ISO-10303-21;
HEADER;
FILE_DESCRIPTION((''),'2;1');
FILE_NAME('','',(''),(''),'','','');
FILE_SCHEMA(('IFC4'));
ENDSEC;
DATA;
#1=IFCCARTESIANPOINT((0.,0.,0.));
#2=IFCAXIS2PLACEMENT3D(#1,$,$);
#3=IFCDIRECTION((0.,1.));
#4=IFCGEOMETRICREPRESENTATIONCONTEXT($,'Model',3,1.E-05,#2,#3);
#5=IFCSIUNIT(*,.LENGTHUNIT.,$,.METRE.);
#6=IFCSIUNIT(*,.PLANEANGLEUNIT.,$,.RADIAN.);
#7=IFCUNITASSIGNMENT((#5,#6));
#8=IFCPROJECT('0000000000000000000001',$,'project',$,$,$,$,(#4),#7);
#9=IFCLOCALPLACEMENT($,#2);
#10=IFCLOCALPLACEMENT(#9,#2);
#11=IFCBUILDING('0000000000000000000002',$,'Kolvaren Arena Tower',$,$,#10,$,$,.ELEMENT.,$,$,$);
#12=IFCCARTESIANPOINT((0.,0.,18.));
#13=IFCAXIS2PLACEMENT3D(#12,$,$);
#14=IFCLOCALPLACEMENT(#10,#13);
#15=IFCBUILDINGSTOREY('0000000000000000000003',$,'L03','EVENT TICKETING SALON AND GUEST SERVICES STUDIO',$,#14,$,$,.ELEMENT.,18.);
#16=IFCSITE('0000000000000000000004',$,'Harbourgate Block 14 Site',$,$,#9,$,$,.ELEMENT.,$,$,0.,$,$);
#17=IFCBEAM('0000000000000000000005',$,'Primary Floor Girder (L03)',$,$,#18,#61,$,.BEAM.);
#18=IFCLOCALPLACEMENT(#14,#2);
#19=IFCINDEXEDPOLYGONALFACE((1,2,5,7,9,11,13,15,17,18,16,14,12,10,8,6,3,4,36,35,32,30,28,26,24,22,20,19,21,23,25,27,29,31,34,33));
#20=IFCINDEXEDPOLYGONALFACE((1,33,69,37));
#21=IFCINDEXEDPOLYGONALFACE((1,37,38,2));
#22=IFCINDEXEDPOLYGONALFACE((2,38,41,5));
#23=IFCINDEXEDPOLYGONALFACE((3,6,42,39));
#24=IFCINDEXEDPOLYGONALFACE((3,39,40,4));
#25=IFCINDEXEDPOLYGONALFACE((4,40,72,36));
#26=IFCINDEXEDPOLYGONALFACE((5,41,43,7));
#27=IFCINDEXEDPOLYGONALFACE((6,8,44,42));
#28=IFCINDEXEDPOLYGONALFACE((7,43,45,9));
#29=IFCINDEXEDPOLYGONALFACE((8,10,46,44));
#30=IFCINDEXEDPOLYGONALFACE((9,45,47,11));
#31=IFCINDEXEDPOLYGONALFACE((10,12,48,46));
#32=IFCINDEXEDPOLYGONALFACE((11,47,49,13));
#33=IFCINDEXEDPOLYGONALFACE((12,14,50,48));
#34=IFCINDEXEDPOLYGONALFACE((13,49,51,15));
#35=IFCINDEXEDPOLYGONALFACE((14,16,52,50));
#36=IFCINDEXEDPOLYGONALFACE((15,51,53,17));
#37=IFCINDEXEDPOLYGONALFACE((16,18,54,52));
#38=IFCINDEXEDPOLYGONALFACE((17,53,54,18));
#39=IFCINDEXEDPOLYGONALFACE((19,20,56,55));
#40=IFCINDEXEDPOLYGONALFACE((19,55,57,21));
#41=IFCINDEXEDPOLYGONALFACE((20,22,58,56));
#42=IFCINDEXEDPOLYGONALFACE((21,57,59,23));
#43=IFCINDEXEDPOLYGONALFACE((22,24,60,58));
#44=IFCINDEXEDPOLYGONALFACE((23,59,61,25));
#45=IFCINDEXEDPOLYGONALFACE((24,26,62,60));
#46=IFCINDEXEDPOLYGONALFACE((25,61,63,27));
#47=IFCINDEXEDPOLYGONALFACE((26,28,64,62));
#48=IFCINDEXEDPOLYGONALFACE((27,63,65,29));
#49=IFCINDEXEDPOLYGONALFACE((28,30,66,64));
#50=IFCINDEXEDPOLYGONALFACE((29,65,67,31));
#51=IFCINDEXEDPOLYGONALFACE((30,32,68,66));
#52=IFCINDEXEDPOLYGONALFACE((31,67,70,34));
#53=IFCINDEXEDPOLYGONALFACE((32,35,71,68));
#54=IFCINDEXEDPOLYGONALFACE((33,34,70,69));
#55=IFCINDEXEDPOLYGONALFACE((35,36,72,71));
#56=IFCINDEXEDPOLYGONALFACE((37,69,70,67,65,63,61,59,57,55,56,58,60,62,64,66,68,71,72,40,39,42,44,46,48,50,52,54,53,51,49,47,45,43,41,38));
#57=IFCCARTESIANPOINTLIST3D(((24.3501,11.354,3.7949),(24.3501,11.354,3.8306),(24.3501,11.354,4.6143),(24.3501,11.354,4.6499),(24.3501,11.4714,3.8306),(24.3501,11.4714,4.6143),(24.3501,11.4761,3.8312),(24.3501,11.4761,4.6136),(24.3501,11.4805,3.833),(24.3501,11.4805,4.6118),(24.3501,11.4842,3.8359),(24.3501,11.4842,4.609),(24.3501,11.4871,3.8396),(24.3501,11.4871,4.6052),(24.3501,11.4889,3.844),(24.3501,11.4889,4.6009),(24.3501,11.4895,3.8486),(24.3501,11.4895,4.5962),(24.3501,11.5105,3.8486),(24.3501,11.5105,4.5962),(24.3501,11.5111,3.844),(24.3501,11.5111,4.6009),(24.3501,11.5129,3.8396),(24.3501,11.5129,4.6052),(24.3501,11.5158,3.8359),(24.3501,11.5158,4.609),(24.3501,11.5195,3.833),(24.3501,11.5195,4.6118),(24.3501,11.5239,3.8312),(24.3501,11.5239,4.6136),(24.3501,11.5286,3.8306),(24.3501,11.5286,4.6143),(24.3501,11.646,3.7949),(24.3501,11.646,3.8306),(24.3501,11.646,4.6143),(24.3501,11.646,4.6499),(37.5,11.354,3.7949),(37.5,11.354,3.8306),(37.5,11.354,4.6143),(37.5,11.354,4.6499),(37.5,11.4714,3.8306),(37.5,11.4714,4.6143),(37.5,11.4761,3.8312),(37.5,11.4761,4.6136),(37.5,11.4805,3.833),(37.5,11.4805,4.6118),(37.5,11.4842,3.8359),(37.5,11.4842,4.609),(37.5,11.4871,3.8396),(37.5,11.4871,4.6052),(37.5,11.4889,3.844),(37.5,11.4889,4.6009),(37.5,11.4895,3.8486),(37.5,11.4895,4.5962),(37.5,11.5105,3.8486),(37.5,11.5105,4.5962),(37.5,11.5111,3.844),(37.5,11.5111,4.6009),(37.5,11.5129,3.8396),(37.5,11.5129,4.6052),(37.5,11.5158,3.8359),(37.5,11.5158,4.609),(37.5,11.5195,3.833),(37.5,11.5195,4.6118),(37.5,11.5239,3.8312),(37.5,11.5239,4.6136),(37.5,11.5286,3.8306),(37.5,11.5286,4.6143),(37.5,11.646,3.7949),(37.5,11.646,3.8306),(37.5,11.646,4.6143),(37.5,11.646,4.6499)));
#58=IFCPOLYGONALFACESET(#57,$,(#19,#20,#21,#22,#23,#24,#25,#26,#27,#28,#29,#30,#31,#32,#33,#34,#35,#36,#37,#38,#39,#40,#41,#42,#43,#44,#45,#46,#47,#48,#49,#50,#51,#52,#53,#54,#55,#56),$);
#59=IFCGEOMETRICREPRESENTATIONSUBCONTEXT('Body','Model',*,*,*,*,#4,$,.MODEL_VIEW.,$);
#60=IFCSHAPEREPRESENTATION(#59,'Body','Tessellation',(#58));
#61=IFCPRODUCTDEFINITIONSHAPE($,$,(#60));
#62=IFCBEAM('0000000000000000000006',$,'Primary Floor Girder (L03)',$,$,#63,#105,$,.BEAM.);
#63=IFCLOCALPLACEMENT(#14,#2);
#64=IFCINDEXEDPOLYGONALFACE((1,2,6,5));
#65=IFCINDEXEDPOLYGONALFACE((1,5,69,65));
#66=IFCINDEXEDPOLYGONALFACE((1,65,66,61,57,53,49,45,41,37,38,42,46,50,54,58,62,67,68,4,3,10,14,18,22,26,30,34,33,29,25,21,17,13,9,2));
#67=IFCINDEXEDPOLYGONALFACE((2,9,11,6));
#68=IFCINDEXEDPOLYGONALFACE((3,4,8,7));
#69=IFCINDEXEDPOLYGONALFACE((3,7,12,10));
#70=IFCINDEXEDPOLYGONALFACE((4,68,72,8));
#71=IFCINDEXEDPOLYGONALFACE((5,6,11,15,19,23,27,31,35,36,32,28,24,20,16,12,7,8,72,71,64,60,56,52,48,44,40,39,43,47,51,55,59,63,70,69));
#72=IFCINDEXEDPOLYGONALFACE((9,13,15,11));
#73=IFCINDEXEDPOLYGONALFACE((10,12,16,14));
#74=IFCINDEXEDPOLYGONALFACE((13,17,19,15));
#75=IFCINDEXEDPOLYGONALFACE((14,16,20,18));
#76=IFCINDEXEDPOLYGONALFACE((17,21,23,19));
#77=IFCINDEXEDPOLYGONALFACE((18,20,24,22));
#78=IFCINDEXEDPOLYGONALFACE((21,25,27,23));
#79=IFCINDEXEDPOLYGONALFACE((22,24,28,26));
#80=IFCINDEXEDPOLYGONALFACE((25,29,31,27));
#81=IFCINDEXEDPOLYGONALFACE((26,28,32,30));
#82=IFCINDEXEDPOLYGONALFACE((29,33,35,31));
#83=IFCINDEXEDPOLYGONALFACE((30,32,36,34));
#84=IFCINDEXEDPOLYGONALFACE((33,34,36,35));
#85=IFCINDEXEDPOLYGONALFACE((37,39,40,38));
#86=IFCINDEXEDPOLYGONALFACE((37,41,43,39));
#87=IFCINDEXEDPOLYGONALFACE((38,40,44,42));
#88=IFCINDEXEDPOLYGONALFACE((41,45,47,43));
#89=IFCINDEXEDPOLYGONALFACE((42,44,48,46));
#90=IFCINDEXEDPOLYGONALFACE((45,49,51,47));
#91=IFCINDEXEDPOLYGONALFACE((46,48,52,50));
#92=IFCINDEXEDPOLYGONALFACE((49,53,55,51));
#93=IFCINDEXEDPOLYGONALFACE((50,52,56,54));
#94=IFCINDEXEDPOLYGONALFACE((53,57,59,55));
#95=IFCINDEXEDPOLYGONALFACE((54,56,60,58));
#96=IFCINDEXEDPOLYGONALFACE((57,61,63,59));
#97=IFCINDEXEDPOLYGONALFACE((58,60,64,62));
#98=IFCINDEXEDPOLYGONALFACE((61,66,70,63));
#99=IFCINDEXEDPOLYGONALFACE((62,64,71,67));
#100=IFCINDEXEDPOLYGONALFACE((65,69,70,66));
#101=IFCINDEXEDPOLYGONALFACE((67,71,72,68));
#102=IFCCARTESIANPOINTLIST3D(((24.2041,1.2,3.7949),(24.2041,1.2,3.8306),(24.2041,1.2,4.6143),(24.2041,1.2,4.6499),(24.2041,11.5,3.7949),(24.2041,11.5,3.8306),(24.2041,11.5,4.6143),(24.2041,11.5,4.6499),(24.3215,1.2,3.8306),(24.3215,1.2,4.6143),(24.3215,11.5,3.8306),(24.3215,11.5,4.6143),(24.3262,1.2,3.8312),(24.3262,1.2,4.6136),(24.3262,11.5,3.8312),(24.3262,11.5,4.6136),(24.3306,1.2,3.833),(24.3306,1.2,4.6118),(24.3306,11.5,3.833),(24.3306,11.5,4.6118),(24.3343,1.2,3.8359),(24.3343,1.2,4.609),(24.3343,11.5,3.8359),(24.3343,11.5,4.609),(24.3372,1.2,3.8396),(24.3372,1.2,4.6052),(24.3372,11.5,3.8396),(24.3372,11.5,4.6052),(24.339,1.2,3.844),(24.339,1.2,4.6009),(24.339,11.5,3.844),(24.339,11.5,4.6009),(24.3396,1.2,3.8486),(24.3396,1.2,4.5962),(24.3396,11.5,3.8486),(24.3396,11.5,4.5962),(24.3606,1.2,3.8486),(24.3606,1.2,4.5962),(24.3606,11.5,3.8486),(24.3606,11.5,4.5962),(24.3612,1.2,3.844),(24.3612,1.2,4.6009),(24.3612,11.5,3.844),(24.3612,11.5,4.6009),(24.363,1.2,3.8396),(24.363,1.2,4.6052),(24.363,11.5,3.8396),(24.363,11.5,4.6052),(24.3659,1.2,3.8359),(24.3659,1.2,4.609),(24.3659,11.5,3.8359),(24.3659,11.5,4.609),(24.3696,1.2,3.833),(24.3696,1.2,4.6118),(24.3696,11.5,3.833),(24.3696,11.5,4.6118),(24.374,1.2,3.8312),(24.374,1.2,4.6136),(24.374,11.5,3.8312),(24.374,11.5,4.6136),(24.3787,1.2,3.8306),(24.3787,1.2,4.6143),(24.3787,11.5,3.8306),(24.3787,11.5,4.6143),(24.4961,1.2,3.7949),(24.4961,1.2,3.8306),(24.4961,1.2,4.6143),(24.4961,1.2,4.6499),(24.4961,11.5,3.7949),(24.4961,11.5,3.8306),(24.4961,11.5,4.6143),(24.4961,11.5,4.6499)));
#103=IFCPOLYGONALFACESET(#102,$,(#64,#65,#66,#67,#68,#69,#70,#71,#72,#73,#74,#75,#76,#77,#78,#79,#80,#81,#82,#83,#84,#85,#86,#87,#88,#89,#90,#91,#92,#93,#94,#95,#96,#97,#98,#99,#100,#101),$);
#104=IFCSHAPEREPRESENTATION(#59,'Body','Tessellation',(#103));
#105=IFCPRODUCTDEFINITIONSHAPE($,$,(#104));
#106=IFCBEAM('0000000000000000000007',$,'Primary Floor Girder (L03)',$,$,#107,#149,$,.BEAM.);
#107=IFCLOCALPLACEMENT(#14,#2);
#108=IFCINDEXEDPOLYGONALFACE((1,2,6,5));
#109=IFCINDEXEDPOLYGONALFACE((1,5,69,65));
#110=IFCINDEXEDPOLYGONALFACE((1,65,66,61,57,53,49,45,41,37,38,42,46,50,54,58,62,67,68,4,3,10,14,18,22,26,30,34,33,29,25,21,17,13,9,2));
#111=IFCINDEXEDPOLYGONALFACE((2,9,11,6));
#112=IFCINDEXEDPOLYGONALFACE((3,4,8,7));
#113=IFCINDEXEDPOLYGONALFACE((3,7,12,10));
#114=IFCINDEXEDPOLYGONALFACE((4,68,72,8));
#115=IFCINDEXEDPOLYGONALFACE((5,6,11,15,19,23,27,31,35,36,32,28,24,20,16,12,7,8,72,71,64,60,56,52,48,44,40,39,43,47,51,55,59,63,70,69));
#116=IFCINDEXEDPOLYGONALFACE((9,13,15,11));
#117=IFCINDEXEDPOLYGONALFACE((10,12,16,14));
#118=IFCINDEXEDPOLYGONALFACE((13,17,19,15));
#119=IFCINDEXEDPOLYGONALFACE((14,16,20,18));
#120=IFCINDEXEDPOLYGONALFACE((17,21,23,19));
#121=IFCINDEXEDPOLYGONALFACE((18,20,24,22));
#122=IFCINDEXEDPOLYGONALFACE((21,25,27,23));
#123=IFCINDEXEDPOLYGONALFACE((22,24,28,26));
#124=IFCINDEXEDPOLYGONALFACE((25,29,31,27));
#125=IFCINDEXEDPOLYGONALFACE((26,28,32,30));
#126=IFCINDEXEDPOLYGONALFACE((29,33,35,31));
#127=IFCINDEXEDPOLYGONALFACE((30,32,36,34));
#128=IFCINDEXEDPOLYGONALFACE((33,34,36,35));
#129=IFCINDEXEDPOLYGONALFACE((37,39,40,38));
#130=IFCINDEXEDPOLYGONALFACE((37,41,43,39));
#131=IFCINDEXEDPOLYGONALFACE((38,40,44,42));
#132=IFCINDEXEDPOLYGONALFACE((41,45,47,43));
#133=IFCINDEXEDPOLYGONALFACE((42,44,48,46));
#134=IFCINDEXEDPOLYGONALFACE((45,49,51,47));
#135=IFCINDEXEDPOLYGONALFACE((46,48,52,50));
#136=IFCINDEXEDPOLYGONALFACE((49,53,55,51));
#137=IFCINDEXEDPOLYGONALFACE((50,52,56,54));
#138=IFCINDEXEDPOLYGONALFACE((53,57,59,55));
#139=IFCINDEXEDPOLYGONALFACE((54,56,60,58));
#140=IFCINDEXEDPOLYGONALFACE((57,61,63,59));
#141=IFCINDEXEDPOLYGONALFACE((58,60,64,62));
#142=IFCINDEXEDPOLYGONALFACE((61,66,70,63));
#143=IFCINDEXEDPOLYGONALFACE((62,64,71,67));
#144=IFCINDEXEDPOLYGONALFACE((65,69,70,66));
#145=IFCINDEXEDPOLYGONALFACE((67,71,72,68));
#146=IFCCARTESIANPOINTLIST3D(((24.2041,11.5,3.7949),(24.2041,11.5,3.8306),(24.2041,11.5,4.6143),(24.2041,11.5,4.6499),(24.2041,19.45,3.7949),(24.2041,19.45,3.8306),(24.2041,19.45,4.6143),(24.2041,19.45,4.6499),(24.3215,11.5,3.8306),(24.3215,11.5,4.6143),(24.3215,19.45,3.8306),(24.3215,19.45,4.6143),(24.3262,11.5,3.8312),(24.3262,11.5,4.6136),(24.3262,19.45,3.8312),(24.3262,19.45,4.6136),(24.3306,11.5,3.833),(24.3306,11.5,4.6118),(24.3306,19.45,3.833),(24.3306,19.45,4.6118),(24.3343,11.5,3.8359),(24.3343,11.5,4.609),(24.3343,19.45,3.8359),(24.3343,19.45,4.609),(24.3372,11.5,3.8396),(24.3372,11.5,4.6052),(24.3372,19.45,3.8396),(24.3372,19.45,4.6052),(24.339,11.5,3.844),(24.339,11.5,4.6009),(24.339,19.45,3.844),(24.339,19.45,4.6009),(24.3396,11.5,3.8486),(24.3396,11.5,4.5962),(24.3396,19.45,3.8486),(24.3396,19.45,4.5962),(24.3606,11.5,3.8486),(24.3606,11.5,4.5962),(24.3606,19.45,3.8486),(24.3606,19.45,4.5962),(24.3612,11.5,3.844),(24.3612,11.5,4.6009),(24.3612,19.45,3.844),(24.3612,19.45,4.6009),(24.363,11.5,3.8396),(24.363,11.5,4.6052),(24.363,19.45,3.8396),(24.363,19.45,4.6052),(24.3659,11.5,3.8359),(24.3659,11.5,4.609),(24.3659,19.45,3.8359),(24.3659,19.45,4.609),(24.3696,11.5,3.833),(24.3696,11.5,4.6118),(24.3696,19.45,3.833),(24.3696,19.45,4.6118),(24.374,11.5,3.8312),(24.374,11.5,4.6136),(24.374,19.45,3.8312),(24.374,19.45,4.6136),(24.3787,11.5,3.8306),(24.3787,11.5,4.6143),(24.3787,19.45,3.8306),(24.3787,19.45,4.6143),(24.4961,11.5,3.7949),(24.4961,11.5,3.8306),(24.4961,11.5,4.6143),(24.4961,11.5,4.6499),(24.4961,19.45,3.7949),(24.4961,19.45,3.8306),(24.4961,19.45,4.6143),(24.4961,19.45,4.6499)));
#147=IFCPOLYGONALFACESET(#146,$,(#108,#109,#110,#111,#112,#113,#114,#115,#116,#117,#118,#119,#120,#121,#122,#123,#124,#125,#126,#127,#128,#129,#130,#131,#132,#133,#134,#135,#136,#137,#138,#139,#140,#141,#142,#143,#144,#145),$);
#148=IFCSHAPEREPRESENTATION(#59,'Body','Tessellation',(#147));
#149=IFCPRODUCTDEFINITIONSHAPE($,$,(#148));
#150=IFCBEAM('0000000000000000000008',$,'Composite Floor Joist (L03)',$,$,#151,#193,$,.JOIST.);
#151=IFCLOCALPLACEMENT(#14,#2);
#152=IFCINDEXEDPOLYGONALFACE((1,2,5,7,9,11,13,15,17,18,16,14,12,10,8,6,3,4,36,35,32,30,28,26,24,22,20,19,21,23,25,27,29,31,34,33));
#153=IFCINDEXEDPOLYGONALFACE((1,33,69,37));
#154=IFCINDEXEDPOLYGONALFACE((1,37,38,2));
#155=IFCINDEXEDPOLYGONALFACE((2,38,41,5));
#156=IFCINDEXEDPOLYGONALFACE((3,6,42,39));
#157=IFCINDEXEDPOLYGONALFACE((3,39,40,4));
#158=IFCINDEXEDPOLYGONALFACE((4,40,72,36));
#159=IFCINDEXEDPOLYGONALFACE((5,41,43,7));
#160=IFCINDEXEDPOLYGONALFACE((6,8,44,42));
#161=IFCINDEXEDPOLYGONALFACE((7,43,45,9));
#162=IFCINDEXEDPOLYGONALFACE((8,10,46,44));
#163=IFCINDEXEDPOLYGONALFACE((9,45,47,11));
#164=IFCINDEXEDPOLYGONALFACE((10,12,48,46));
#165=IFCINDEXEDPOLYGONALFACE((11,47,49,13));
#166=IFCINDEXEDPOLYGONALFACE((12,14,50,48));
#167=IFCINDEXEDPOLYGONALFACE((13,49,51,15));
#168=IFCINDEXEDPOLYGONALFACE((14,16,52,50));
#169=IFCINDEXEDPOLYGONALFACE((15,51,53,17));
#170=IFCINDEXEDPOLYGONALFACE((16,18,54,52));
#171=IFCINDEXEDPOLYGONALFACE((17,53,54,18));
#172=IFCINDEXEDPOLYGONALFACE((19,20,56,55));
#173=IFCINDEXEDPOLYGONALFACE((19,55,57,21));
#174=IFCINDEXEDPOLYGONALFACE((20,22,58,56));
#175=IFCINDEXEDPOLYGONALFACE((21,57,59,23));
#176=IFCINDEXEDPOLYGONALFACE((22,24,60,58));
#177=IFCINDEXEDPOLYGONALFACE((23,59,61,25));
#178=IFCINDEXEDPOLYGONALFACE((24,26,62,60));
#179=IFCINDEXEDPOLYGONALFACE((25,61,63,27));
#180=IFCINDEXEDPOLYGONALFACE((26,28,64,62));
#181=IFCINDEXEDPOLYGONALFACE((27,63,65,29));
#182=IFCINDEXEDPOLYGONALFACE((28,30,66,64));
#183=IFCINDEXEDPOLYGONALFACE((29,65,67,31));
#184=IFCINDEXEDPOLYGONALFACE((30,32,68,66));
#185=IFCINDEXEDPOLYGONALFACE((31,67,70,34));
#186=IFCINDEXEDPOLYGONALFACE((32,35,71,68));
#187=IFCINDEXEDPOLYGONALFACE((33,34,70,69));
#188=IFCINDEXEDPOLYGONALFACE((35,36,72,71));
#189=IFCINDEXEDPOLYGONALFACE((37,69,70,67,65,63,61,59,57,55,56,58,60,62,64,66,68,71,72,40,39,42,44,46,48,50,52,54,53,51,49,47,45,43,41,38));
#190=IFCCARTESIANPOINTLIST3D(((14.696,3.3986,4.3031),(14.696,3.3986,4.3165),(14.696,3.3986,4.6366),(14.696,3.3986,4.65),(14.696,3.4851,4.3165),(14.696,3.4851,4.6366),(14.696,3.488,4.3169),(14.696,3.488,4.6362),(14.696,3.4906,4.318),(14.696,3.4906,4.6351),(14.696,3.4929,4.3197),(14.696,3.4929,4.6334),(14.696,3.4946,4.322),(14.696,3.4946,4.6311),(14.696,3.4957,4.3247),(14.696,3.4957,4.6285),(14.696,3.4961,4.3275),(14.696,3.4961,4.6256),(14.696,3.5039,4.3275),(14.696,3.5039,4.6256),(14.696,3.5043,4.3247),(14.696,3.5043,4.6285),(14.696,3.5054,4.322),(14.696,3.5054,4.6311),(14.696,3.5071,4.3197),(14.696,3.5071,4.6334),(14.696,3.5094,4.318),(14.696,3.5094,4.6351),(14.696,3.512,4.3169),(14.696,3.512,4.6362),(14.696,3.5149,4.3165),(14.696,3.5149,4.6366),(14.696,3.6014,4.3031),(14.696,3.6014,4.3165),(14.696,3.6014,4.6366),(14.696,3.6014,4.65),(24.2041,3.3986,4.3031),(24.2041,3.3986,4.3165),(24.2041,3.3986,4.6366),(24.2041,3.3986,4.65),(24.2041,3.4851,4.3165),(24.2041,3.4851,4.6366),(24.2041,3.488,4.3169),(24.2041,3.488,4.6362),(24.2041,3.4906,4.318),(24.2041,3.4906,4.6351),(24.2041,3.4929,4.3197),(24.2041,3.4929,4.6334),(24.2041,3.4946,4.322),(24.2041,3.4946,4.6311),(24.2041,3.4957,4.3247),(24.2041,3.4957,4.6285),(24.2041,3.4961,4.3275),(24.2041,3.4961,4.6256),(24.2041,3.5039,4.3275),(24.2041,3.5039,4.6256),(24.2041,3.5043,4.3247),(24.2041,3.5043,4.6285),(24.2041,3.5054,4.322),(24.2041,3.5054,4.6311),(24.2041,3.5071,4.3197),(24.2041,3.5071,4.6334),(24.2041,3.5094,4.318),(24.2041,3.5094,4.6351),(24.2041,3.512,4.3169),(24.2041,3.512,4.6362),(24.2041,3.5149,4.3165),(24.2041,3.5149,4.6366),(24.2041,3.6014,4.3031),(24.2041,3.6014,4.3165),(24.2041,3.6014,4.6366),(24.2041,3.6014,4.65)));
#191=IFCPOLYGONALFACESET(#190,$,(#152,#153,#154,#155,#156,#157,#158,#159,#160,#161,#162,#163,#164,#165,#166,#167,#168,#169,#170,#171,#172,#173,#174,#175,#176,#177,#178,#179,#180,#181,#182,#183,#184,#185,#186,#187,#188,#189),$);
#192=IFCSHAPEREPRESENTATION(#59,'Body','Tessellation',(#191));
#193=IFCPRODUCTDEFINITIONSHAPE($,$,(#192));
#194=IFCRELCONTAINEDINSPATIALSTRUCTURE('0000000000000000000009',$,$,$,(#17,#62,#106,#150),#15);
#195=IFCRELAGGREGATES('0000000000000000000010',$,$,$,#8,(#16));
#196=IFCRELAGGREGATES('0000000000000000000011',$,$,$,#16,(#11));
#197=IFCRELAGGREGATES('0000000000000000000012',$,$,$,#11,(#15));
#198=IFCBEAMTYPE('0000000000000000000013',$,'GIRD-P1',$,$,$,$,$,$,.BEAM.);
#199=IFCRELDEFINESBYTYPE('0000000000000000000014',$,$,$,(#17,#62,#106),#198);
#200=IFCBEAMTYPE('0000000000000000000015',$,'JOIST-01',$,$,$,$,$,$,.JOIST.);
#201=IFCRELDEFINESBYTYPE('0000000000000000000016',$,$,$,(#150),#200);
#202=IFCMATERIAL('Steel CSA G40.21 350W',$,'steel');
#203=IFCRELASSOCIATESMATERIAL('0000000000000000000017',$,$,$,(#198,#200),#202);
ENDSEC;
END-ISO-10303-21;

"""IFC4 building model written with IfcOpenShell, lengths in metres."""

from ifc_helpers import new_model, si_unit, direction, frame, origin, origin_2d, place, context, subcontext, project, spatial, i_section, extrude, material, material_profile, profile_set, type_object, element, save


model = new_model("IFC4")

# Units and contexts
model_context = context("Model", 3, precision=1e-05, world=origin(), true_north=direction((0.0, 1.0)))
body_context = subcontext(model_context, "Body", "Model", "MODEL_VIEW")
ifc_project = project(units=[si_unit("LENGTHUNIT", "METRE"), si_unit("PLANEANGLEUNIT", "RADIAN")], contexts=[model_context])

# Site, building, storey
site_placement = place(None, origin())
site = spatial("IfcSite", under=ifc_project, at=site_placement, Name="Harbourgate Block 14 Site", CompositionType="ELEMENT", RefElevation=0.0)
building_placement = place(site_placement, origin())
building = spatial("IfcBuilding", under=site, at=building_placement, Name="Kolvaren Arena Tower", CompositionType="ELEMENT")
storey_placement = place(building_placement, frame((0.0, 0.0, 18.0)))
storey = spatial("IfcBuildingStorey", under=building, at=storey_placement, Name="L03", Description="EVENT TICKETING SALON AND GUEST SERVICES STUDIO", CompositionType="ELEMENT", Elevation=18.0)

# Beams
ifc_material_1 = material(Name="Steel CSA G40.21 350W", Category="steel")
ifc_material_profile_1 = material_profile(ifc_material_1, i_section(OverallWidth=0.292, OverallDepth=0.855, WebThickness=0.021, FlangeThickness=0.0356, FilletRadius=0.0181, at=origin_2d()), Name="W840x299")
ifc_profile_set_1 = profile_set([ifc_material_profile_1], Name="Steel CSA G40.21 350W")
beam_type_1 = type_object("IfcBeamType", Name="GIRD-P1", PredefinedType="BEAM", material=ifc_profile_set_1)
beam_1_placement = place(storey_placement, frame((24.3501, 11.5, 4.2224), z_axis=(1.0, 0.0, 0.0), x_axis=(0.0, 1.0, 0.0)))
element("IfcBeam", 1, at=beam_1_placement, inside=storey, type_object=beam_type_1, Name="Primary Floor Girder (L03)", PredefinedType="BEAM", context=body_context, shape_type="SweptSolid", body=[
    extrude(i_section(OverallWidth=0.292, OverallDepth=0.855, WebThickness=0.021, FlangeThickness=0.0356, FilletRadius=0.0181, at=origin_2d()), origin(), (0.0, 0.0, 1.0), 13.1499),
])
beam_2_placement = place(storey_placement, frame((24.3501, 1.2, 4.2224), z_axis=(0.0, 1.0, 0.0), x_axis=(-1.0, 0.0, 0.0)))
element("IfcBeam", 2, at=beam_2_placement, inside=storey, type_object=beam_type_1, Name="Primary Floor Girder (L03)", PredefinedType="BEAM", context=body_context, shape_type="SweptSolid", body=[
    extrude(i_section(OverallWidth=0.292, OverallDepth=0.855, WebThickness=0.021, FlangeThickness=0.0356, FilletRadius=0.0181, at=origin_2d()), origin(), (0.0, 0.0, 1.0), 10.3),
])
beam_3_placement = place(storey_placement, frame((24.3501, 11.5, 4.2224), z_axis=(0.0, 1.0, 0.0), x_axis=(-1.0, 0.0, 0.0)))
element("IfcBeam", 3, at=beam_3_placement, inside=storey, type_object=beam_type_1, Name="Primary Floor Girder (L03)", PredefinedType="BEAM", context=body_context, shape_type="SweptSolid", body=[
    extrude(i_section(OverallWidth=0.292, OverallDepth=0.855, WebThickness=0.021, FlangeThickness=0.0356, FilletRadius=0.0181, at=origin_2d()), origin(), (0.0, 0.0, 1.0), 7.95),
])
ifc_material_profile_2 = material_profile(ifc_material_1, i_section(OverallWidth=0.2029, OverallDepth=0.3469, WebThickness=0.0078, FlangeThickness=0.0134, FilletRadius=0.011, at=origin_2d()), Name="W360x64")
ifc_profile_set_2 = profile_set([ifc_material_profile_2], Name="Steel CSA G40.21 350W")
beam_type_2 = type_object("IfcBeamType", Name="JOIST-01", PredefinedType="JOIST", material=ifc_profile_set_2)
beam_4_placement = place(storey_placement, frame((14.696, 3.5, 4.4766), z_axis=(1.0, 0.0, 0.0), x_axis=(0.0, 1.0, 0.0)))
element("IfcBeam", 4, at=beam_4_placement, inside=storey, type_object=beam_type_2, Name="Composite Floor Joist (L03)", PredefinedType="JOIST", context=body_context, shape_type="SweptSolid", body=[
    extrude(i_section(OverallWidth=0.2029, OverallDepth=0.3469, WebThickness=0.0078, FlangeThickness=0.0134, FilletRadius=0.011, at=origin_2d()), origin(), (0.0, 0.0, 1.0), 9.5081),
])

save(model, "model.ifc")
